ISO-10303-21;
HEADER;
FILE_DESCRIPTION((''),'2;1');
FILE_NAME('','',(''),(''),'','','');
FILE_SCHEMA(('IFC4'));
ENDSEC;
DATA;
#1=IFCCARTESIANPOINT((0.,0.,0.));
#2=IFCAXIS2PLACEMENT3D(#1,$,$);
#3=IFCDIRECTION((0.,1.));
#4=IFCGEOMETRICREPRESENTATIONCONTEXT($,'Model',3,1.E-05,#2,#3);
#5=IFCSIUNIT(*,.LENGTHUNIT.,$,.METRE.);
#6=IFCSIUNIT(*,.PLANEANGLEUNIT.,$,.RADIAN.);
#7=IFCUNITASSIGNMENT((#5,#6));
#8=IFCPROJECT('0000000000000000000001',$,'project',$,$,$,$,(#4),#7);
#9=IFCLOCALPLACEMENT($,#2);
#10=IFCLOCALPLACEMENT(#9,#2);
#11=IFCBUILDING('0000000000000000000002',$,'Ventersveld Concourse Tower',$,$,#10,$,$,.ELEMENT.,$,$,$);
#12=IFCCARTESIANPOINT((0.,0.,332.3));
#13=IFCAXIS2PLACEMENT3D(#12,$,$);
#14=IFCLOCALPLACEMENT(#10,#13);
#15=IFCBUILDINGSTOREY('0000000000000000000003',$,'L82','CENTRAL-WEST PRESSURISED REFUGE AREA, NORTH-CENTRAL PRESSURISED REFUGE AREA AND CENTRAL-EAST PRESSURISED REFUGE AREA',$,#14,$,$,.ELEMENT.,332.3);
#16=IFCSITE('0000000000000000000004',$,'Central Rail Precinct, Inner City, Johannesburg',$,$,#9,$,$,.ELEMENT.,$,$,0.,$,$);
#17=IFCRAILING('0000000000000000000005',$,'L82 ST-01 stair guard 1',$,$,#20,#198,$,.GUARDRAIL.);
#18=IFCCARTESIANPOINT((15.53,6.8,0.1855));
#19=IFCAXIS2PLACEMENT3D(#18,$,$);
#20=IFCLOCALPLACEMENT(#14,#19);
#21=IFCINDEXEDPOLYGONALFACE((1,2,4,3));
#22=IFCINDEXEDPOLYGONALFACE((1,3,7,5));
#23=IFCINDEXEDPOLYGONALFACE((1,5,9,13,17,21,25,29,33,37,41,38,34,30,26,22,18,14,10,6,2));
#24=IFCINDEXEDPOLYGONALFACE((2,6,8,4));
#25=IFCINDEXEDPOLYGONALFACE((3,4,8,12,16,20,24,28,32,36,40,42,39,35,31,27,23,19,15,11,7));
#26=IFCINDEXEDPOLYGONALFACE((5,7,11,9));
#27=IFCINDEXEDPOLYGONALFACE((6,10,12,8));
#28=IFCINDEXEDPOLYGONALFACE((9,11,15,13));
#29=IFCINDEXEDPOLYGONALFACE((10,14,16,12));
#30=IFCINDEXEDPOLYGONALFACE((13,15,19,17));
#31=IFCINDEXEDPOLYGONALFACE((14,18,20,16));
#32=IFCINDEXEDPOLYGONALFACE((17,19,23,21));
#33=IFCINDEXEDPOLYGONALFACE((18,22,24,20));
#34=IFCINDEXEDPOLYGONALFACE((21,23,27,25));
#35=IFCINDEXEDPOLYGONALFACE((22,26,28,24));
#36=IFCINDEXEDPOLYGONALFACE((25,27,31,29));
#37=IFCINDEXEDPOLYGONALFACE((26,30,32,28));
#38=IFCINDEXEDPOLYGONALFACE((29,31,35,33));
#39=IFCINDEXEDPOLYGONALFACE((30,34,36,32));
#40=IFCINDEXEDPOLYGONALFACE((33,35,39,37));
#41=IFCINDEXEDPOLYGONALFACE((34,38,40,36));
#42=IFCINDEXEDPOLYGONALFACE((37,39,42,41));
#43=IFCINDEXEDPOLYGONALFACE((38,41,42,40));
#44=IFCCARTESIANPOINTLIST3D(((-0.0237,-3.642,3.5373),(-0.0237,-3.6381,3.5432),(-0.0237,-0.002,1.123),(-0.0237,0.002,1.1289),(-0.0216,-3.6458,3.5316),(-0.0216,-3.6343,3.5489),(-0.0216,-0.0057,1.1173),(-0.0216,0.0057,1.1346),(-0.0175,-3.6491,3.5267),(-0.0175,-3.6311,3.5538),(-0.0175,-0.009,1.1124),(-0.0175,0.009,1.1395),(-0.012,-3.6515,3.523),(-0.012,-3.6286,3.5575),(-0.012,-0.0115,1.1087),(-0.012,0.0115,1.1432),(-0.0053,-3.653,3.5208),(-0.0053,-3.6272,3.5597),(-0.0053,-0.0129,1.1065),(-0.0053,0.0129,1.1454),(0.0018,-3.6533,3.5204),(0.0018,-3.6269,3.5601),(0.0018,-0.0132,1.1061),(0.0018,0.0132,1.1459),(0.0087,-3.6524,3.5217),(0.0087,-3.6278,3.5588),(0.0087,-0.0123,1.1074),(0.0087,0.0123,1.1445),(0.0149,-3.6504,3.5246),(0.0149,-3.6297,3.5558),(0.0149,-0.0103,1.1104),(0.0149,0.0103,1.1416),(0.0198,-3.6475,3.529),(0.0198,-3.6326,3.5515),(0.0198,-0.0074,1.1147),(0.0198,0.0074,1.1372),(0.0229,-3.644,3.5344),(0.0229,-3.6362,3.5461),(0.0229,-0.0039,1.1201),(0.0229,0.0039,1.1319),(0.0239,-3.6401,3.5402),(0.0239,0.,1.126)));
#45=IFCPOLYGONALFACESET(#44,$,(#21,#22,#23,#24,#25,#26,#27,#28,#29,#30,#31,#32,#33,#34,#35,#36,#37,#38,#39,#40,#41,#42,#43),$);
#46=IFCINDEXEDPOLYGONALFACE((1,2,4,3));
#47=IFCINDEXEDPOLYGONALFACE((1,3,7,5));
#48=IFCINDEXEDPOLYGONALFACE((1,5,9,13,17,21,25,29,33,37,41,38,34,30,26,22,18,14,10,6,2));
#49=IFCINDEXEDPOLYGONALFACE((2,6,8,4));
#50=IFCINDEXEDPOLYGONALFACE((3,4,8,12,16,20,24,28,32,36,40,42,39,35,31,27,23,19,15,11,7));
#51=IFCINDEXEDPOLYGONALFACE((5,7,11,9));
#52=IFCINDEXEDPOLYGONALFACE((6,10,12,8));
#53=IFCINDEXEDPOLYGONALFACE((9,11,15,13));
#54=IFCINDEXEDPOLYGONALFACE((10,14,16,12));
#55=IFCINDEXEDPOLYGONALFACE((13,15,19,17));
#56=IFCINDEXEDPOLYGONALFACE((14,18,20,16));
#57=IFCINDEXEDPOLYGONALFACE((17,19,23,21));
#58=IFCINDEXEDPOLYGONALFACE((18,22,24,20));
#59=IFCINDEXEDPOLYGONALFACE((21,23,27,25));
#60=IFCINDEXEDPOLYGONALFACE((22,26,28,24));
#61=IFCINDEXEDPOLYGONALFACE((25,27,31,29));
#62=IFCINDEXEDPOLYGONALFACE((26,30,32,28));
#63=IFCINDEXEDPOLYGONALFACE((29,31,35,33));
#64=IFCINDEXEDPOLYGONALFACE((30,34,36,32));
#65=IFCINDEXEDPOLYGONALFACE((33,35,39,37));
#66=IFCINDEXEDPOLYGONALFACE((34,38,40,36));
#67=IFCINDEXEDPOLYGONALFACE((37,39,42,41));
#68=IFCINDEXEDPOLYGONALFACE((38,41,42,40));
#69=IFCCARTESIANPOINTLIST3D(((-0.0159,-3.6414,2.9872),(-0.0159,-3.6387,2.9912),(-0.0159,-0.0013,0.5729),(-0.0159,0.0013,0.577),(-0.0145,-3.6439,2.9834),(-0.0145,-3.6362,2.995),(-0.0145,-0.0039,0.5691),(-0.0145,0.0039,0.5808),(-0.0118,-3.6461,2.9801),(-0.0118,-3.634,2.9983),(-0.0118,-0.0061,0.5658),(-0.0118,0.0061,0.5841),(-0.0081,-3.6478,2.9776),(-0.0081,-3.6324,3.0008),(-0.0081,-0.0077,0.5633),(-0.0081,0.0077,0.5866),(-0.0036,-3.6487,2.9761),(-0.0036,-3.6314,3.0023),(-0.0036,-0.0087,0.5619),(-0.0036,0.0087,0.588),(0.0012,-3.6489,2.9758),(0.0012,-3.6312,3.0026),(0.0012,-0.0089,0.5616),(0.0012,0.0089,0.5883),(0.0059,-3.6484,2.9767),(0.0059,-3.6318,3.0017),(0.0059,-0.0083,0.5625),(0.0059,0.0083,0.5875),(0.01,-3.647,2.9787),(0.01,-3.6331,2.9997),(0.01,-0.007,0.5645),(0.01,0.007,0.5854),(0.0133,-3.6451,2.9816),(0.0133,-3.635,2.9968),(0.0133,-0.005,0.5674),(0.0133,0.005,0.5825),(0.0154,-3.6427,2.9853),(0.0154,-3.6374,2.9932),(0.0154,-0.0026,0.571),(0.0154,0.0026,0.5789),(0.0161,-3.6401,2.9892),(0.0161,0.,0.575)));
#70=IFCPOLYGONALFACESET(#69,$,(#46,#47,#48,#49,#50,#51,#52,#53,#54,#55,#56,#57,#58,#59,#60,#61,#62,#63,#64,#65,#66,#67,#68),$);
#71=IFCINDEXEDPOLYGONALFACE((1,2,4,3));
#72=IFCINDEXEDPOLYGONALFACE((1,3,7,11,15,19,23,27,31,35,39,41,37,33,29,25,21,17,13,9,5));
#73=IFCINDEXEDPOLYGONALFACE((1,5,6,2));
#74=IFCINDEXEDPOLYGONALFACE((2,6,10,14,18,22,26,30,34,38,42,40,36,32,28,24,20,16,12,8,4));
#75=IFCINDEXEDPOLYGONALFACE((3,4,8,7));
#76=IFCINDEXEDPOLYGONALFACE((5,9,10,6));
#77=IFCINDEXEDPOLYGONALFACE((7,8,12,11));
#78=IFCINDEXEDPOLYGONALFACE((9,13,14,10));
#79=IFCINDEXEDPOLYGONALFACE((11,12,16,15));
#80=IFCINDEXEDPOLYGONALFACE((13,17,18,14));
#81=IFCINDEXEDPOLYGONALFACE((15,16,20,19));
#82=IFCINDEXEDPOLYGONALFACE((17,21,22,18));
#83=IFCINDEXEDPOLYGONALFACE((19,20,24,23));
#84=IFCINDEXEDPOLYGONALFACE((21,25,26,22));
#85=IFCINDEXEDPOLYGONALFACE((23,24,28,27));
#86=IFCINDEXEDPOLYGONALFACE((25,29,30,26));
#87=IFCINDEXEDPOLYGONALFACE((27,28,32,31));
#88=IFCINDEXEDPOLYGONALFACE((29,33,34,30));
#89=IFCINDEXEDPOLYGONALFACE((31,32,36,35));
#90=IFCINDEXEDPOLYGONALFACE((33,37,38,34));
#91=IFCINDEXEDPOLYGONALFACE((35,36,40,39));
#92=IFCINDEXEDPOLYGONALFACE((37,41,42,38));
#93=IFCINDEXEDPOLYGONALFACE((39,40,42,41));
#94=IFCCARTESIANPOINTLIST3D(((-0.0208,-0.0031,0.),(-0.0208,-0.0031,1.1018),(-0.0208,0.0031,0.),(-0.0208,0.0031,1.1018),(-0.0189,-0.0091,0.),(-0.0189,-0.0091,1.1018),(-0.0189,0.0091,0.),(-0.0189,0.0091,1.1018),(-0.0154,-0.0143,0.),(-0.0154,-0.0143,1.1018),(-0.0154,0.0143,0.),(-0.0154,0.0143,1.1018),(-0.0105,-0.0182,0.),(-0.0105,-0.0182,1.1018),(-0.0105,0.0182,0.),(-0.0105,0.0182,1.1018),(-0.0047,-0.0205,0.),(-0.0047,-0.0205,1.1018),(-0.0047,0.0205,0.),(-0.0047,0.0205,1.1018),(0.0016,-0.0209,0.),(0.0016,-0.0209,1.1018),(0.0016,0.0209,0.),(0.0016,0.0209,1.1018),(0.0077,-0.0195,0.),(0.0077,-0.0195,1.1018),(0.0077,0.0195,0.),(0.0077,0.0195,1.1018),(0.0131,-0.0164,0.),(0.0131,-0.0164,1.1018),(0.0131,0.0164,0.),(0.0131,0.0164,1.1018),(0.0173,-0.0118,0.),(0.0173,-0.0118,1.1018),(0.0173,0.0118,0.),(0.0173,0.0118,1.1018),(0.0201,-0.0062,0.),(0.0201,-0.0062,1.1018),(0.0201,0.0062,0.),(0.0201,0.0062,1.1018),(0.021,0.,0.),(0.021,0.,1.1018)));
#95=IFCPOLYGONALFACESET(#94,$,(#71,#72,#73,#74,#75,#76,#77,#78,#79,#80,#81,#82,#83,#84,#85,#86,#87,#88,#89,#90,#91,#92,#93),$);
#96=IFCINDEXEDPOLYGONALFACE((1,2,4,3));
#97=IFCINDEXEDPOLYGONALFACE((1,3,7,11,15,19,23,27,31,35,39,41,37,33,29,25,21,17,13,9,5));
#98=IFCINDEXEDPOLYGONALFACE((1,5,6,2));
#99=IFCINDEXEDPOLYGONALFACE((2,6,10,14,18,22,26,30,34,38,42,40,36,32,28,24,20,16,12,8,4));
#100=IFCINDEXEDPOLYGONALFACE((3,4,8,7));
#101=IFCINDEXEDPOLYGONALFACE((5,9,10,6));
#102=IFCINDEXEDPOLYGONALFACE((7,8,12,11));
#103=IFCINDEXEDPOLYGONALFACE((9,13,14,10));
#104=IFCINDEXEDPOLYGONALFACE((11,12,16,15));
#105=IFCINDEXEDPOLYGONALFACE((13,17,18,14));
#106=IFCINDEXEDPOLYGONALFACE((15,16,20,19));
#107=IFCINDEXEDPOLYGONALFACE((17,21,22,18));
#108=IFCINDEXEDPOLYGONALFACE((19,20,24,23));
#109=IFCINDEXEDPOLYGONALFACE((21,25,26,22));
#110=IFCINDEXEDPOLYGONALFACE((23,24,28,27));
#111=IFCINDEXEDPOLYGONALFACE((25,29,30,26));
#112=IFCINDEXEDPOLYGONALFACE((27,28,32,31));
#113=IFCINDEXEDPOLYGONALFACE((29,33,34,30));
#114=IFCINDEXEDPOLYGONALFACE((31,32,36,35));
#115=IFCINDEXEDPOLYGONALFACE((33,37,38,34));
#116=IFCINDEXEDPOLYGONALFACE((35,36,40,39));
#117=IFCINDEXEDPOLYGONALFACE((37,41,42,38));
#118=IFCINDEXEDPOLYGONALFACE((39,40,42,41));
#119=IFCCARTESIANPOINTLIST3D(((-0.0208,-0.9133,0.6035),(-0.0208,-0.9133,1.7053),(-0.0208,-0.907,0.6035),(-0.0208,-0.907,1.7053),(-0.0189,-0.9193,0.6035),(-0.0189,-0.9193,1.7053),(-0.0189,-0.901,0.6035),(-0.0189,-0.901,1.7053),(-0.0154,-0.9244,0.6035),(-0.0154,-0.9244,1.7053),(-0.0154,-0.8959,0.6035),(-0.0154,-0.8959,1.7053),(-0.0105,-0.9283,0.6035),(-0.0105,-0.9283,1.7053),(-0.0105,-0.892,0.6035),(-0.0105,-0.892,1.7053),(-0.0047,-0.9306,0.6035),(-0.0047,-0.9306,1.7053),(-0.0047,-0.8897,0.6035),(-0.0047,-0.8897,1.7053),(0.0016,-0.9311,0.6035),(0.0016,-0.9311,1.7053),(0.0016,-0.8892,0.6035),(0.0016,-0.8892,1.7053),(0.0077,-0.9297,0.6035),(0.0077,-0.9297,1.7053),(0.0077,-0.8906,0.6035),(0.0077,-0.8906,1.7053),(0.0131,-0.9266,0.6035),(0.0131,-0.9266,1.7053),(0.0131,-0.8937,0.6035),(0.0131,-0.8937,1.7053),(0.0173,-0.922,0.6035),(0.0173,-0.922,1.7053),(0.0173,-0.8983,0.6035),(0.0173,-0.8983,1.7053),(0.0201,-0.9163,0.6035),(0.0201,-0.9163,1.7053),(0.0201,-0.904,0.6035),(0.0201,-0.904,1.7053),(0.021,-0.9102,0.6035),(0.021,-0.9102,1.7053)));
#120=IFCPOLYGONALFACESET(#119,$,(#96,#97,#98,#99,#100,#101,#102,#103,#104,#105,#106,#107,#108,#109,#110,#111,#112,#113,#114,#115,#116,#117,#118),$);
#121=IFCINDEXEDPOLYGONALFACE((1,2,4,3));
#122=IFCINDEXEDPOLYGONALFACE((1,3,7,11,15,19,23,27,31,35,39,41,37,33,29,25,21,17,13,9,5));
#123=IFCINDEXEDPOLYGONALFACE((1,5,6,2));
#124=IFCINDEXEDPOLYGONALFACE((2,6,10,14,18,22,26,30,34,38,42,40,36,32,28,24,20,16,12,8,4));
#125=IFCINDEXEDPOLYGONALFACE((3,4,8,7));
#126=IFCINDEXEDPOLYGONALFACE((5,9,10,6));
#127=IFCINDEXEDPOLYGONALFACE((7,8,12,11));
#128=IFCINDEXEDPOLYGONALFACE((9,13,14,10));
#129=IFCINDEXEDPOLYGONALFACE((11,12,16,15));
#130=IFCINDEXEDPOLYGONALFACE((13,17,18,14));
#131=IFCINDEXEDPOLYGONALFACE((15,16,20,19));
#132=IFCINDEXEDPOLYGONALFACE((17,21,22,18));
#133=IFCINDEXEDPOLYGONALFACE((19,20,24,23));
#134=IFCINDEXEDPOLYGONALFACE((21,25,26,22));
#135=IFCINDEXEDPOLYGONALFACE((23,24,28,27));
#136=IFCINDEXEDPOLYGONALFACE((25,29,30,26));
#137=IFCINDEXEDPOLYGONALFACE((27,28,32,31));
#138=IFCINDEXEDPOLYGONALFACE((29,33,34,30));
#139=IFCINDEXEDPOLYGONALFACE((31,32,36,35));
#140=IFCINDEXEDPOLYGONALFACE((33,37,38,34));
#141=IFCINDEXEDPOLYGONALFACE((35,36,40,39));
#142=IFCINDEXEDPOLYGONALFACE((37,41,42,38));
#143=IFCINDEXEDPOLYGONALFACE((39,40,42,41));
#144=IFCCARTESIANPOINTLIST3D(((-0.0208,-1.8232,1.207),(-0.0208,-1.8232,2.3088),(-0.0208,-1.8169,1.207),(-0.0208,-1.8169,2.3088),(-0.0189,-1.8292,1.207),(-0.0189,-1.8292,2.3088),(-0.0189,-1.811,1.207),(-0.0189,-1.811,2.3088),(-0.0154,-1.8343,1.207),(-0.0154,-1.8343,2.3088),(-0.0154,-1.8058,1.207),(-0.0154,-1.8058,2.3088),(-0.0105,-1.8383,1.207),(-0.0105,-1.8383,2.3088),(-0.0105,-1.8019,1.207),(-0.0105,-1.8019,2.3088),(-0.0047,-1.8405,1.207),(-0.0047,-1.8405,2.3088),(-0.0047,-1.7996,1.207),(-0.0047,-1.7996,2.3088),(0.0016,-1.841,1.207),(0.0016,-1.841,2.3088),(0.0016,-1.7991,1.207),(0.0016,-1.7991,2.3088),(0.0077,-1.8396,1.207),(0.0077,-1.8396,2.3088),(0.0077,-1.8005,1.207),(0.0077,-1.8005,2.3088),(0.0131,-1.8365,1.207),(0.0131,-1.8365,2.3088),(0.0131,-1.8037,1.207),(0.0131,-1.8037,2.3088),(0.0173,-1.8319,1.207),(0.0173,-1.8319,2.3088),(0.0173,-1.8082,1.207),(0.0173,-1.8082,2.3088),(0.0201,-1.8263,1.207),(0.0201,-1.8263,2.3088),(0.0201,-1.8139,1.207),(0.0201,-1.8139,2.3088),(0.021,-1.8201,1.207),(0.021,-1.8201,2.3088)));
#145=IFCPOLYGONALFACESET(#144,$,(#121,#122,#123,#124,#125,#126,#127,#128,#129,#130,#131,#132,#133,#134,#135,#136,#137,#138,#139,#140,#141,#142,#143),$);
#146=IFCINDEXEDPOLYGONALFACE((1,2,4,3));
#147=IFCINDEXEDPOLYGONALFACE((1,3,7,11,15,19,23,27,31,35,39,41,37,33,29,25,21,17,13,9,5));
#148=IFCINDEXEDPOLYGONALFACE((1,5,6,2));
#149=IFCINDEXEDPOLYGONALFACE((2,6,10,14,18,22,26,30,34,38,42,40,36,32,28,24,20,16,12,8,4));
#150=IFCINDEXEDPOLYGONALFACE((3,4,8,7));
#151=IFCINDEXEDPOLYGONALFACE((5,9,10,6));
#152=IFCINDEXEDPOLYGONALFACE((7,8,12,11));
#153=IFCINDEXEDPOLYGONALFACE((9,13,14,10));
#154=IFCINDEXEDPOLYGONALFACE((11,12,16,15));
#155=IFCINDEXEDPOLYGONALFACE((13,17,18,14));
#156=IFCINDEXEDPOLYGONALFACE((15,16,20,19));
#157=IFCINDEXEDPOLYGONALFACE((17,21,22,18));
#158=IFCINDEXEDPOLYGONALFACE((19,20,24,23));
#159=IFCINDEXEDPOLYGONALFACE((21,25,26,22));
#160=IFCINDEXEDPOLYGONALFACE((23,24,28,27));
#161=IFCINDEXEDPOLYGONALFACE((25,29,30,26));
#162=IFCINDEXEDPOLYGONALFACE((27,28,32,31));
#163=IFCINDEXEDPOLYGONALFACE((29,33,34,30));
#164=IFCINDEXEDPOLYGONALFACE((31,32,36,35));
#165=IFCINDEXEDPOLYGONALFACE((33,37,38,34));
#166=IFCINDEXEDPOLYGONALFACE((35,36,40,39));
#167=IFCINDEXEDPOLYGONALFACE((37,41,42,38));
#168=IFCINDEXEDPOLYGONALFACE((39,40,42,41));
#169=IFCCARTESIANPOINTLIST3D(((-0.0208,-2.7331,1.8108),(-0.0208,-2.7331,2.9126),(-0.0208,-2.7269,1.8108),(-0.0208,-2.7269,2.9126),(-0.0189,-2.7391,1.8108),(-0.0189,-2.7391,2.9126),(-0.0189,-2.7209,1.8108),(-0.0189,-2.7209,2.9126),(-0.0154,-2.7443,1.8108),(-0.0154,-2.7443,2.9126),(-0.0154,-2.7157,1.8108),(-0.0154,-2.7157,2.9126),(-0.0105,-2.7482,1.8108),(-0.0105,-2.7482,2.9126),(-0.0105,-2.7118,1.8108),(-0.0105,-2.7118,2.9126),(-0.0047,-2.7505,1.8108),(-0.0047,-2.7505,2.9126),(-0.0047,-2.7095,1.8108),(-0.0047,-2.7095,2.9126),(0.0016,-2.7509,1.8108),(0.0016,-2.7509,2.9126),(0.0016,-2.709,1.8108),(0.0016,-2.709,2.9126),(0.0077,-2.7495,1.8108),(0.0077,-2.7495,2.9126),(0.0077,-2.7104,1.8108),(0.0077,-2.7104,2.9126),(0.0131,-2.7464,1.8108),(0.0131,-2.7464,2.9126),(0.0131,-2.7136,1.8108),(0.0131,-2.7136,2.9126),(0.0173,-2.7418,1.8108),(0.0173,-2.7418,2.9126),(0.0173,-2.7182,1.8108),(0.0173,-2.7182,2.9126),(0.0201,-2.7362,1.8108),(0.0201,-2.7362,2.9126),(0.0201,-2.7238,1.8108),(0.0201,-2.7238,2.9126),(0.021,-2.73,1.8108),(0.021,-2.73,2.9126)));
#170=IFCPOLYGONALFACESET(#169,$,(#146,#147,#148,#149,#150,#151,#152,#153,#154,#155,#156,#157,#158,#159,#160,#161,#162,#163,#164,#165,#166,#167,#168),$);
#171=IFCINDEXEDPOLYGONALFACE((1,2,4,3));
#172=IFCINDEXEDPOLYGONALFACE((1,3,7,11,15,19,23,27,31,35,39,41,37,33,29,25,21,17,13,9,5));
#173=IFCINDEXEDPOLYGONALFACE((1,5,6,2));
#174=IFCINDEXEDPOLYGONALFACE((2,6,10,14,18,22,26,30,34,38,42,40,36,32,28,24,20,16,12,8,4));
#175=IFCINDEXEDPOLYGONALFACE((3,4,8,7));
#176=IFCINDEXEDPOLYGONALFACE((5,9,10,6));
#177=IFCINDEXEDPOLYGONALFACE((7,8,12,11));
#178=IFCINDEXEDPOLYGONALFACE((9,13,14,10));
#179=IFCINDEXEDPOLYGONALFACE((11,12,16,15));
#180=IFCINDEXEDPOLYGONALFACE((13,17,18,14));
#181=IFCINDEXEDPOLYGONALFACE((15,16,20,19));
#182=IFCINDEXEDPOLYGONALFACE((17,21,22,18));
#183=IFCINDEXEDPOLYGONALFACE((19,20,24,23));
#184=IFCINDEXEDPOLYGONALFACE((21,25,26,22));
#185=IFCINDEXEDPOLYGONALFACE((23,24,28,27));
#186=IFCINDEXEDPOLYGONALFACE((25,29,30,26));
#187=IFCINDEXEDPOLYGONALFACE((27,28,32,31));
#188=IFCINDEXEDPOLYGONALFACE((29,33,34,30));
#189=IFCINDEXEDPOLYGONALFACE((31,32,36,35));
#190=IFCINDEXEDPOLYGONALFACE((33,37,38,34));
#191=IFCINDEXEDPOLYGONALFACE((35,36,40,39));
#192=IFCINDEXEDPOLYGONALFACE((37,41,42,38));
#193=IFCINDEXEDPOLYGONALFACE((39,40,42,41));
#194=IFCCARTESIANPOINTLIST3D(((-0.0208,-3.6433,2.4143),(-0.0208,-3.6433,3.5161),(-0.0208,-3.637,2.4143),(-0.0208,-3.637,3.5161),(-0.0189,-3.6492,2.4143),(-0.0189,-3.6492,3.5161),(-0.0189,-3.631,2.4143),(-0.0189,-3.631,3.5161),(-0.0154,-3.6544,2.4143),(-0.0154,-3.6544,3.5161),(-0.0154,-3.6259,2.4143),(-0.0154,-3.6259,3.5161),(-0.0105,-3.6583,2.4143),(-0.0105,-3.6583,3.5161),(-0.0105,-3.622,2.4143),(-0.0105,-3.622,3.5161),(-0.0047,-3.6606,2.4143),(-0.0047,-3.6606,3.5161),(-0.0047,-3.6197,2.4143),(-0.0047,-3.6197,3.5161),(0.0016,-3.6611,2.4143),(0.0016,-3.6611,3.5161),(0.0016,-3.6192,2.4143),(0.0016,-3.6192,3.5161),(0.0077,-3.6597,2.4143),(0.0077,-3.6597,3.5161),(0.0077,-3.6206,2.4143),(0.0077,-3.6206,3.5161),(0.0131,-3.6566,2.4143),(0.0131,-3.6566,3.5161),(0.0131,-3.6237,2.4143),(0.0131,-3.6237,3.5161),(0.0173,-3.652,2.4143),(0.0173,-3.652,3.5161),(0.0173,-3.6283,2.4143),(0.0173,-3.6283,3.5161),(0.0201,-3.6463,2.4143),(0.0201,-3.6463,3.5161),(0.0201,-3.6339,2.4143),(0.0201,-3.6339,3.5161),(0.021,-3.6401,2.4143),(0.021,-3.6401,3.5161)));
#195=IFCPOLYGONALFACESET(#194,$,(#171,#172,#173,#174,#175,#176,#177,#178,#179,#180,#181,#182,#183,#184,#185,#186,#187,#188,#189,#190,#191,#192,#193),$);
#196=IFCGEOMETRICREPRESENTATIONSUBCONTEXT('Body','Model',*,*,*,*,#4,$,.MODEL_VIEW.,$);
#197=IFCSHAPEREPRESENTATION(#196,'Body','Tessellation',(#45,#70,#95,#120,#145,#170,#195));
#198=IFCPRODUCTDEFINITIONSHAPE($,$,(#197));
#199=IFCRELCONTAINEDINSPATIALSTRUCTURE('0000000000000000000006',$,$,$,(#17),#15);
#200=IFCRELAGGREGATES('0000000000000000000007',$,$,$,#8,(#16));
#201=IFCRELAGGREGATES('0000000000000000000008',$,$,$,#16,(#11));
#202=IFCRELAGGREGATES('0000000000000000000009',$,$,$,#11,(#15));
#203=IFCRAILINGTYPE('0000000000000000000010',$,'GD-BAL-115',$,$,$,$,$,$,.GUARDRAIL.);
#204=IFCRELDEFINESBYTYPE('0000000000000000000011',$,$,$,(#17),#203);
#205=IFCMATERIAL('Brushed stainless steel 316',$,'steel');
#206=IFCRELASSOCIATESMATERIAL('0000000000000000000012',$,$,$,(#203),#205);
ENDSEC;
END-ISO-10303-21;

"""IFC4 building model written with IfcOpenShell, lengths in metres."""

from ifc_helpers import new_model, si_unit, direction, frame, origin, origin_2d, place, context, subcontext, project, spatial, circle, extrude, material, type_object, element, save


model = new_model("IFC4")

# Units and contexts
model_context = context("Model", 3, precision=1e-05, world=origin(), true_north=direction((0.0, 1.0)))
body_context = subcontext(model_context, "Body", "Model", "MODEL_VIEW")
ifc_project = project(units=[si_unit("LENGTHUNIT", "METRE"), si_unit("PLANEANGLEUNIT", "RADIAN")], contexts=[model_context])

# Site, building, storey
site_placement = place(None, origin())
site = spatial("IfcSite", under=ifc_project, at=site_placement, Name="Central Rail Precinct, Inner City, Johannesburg", CompositionType="ELEMENT", RefElevation=0.0)
building_placement = place(site_placement, origin())
building = spatial("IfcBuilding", under=site, at=building_placement, Name="Ventersveld Concourse Tower", CompositionType="ELEMENT")
storey_placement = place(building_placement, frame((0.0, 0.0, 332.3)))
storey = spatial("IfcBuildingStorey", under=building, at=storey_placement, Name="L82", Description="CENTRAL-WEST PRESSURISED REFUGE AREA, NORTH-CENTRAL PRESSURISED REFUGE AREA AND CENTRAL-EAST PRESSURISED REFUGE AREA", CompositionType="ELEMENT", Elevation=332.3)

# Shared definitions
ifc_material_1 = material(Name="Brushed stainless steel 316", Category="steel")

# Railing
railing_type_1 = type_object("IfcRailingType", Name="GD-BAL-115", PredefinedType="GUARDRAIL", material=ifc_material_1)
railing_1_placement = place(storey_placement, frame((15.53, 6.8, 0.1855)))
element("IfcRailing", 1, at=railing_1_placement, inside=storey, type_object=railing_type_1, Name="L82 ST-01 stair guard 1", PredefinedType="GUARDRAIL", context=body_context, shape_type="SweptSolid", body=[
    extrude(circle(Radius=0.0239, at=origin_2d()), frame((0.0, 0.0, 1.126), z_axis=(0.0, -0.833364, 0.552725), x_axis=(1.0, 0.0, 0.0)), (0.0, 0.0, 1.0), 4.3679),
    extrude(circle(Radius=0.0161, at=origin_2d()), frame((0.0, 0.0, 0.575), z_axis=(0.0, -0.833364, 0.552725), x_axis=(1.0, 0.0, 0.0)), (0.0, 0.0, 1.0), 4.3679),
    extrude(circle(Radius=0.021, at=origin_2d()), origin(), (0.0, 0.0, 1.0), 1.1018),
    extrude(circle(Radius=0.021, at=origin_2d()), frame((0.0, -0.9102, 0.6035)), (0.0, 0.0, 1.0), 1.1018),
    extrude(circle(Radius=0.021, at=origin_2d()), frame((0.0, -1.8201, 1.207)), (0.0, 0.0, 1.0), 1.1018),
    extrude(circle(Radius=0.021, at=origin_2d()), frame((0.0, -2.73, 1.8108)), (0.0, 0.0, 1.0), 1.1018),
    extrude(circle(Radius=0.021, at=origin_2d()), frame((0.0, -3.6401, 2.4143)), (0.0, 0.0, 1.0), 1.1018),
])

save(model, "model.ifc")
